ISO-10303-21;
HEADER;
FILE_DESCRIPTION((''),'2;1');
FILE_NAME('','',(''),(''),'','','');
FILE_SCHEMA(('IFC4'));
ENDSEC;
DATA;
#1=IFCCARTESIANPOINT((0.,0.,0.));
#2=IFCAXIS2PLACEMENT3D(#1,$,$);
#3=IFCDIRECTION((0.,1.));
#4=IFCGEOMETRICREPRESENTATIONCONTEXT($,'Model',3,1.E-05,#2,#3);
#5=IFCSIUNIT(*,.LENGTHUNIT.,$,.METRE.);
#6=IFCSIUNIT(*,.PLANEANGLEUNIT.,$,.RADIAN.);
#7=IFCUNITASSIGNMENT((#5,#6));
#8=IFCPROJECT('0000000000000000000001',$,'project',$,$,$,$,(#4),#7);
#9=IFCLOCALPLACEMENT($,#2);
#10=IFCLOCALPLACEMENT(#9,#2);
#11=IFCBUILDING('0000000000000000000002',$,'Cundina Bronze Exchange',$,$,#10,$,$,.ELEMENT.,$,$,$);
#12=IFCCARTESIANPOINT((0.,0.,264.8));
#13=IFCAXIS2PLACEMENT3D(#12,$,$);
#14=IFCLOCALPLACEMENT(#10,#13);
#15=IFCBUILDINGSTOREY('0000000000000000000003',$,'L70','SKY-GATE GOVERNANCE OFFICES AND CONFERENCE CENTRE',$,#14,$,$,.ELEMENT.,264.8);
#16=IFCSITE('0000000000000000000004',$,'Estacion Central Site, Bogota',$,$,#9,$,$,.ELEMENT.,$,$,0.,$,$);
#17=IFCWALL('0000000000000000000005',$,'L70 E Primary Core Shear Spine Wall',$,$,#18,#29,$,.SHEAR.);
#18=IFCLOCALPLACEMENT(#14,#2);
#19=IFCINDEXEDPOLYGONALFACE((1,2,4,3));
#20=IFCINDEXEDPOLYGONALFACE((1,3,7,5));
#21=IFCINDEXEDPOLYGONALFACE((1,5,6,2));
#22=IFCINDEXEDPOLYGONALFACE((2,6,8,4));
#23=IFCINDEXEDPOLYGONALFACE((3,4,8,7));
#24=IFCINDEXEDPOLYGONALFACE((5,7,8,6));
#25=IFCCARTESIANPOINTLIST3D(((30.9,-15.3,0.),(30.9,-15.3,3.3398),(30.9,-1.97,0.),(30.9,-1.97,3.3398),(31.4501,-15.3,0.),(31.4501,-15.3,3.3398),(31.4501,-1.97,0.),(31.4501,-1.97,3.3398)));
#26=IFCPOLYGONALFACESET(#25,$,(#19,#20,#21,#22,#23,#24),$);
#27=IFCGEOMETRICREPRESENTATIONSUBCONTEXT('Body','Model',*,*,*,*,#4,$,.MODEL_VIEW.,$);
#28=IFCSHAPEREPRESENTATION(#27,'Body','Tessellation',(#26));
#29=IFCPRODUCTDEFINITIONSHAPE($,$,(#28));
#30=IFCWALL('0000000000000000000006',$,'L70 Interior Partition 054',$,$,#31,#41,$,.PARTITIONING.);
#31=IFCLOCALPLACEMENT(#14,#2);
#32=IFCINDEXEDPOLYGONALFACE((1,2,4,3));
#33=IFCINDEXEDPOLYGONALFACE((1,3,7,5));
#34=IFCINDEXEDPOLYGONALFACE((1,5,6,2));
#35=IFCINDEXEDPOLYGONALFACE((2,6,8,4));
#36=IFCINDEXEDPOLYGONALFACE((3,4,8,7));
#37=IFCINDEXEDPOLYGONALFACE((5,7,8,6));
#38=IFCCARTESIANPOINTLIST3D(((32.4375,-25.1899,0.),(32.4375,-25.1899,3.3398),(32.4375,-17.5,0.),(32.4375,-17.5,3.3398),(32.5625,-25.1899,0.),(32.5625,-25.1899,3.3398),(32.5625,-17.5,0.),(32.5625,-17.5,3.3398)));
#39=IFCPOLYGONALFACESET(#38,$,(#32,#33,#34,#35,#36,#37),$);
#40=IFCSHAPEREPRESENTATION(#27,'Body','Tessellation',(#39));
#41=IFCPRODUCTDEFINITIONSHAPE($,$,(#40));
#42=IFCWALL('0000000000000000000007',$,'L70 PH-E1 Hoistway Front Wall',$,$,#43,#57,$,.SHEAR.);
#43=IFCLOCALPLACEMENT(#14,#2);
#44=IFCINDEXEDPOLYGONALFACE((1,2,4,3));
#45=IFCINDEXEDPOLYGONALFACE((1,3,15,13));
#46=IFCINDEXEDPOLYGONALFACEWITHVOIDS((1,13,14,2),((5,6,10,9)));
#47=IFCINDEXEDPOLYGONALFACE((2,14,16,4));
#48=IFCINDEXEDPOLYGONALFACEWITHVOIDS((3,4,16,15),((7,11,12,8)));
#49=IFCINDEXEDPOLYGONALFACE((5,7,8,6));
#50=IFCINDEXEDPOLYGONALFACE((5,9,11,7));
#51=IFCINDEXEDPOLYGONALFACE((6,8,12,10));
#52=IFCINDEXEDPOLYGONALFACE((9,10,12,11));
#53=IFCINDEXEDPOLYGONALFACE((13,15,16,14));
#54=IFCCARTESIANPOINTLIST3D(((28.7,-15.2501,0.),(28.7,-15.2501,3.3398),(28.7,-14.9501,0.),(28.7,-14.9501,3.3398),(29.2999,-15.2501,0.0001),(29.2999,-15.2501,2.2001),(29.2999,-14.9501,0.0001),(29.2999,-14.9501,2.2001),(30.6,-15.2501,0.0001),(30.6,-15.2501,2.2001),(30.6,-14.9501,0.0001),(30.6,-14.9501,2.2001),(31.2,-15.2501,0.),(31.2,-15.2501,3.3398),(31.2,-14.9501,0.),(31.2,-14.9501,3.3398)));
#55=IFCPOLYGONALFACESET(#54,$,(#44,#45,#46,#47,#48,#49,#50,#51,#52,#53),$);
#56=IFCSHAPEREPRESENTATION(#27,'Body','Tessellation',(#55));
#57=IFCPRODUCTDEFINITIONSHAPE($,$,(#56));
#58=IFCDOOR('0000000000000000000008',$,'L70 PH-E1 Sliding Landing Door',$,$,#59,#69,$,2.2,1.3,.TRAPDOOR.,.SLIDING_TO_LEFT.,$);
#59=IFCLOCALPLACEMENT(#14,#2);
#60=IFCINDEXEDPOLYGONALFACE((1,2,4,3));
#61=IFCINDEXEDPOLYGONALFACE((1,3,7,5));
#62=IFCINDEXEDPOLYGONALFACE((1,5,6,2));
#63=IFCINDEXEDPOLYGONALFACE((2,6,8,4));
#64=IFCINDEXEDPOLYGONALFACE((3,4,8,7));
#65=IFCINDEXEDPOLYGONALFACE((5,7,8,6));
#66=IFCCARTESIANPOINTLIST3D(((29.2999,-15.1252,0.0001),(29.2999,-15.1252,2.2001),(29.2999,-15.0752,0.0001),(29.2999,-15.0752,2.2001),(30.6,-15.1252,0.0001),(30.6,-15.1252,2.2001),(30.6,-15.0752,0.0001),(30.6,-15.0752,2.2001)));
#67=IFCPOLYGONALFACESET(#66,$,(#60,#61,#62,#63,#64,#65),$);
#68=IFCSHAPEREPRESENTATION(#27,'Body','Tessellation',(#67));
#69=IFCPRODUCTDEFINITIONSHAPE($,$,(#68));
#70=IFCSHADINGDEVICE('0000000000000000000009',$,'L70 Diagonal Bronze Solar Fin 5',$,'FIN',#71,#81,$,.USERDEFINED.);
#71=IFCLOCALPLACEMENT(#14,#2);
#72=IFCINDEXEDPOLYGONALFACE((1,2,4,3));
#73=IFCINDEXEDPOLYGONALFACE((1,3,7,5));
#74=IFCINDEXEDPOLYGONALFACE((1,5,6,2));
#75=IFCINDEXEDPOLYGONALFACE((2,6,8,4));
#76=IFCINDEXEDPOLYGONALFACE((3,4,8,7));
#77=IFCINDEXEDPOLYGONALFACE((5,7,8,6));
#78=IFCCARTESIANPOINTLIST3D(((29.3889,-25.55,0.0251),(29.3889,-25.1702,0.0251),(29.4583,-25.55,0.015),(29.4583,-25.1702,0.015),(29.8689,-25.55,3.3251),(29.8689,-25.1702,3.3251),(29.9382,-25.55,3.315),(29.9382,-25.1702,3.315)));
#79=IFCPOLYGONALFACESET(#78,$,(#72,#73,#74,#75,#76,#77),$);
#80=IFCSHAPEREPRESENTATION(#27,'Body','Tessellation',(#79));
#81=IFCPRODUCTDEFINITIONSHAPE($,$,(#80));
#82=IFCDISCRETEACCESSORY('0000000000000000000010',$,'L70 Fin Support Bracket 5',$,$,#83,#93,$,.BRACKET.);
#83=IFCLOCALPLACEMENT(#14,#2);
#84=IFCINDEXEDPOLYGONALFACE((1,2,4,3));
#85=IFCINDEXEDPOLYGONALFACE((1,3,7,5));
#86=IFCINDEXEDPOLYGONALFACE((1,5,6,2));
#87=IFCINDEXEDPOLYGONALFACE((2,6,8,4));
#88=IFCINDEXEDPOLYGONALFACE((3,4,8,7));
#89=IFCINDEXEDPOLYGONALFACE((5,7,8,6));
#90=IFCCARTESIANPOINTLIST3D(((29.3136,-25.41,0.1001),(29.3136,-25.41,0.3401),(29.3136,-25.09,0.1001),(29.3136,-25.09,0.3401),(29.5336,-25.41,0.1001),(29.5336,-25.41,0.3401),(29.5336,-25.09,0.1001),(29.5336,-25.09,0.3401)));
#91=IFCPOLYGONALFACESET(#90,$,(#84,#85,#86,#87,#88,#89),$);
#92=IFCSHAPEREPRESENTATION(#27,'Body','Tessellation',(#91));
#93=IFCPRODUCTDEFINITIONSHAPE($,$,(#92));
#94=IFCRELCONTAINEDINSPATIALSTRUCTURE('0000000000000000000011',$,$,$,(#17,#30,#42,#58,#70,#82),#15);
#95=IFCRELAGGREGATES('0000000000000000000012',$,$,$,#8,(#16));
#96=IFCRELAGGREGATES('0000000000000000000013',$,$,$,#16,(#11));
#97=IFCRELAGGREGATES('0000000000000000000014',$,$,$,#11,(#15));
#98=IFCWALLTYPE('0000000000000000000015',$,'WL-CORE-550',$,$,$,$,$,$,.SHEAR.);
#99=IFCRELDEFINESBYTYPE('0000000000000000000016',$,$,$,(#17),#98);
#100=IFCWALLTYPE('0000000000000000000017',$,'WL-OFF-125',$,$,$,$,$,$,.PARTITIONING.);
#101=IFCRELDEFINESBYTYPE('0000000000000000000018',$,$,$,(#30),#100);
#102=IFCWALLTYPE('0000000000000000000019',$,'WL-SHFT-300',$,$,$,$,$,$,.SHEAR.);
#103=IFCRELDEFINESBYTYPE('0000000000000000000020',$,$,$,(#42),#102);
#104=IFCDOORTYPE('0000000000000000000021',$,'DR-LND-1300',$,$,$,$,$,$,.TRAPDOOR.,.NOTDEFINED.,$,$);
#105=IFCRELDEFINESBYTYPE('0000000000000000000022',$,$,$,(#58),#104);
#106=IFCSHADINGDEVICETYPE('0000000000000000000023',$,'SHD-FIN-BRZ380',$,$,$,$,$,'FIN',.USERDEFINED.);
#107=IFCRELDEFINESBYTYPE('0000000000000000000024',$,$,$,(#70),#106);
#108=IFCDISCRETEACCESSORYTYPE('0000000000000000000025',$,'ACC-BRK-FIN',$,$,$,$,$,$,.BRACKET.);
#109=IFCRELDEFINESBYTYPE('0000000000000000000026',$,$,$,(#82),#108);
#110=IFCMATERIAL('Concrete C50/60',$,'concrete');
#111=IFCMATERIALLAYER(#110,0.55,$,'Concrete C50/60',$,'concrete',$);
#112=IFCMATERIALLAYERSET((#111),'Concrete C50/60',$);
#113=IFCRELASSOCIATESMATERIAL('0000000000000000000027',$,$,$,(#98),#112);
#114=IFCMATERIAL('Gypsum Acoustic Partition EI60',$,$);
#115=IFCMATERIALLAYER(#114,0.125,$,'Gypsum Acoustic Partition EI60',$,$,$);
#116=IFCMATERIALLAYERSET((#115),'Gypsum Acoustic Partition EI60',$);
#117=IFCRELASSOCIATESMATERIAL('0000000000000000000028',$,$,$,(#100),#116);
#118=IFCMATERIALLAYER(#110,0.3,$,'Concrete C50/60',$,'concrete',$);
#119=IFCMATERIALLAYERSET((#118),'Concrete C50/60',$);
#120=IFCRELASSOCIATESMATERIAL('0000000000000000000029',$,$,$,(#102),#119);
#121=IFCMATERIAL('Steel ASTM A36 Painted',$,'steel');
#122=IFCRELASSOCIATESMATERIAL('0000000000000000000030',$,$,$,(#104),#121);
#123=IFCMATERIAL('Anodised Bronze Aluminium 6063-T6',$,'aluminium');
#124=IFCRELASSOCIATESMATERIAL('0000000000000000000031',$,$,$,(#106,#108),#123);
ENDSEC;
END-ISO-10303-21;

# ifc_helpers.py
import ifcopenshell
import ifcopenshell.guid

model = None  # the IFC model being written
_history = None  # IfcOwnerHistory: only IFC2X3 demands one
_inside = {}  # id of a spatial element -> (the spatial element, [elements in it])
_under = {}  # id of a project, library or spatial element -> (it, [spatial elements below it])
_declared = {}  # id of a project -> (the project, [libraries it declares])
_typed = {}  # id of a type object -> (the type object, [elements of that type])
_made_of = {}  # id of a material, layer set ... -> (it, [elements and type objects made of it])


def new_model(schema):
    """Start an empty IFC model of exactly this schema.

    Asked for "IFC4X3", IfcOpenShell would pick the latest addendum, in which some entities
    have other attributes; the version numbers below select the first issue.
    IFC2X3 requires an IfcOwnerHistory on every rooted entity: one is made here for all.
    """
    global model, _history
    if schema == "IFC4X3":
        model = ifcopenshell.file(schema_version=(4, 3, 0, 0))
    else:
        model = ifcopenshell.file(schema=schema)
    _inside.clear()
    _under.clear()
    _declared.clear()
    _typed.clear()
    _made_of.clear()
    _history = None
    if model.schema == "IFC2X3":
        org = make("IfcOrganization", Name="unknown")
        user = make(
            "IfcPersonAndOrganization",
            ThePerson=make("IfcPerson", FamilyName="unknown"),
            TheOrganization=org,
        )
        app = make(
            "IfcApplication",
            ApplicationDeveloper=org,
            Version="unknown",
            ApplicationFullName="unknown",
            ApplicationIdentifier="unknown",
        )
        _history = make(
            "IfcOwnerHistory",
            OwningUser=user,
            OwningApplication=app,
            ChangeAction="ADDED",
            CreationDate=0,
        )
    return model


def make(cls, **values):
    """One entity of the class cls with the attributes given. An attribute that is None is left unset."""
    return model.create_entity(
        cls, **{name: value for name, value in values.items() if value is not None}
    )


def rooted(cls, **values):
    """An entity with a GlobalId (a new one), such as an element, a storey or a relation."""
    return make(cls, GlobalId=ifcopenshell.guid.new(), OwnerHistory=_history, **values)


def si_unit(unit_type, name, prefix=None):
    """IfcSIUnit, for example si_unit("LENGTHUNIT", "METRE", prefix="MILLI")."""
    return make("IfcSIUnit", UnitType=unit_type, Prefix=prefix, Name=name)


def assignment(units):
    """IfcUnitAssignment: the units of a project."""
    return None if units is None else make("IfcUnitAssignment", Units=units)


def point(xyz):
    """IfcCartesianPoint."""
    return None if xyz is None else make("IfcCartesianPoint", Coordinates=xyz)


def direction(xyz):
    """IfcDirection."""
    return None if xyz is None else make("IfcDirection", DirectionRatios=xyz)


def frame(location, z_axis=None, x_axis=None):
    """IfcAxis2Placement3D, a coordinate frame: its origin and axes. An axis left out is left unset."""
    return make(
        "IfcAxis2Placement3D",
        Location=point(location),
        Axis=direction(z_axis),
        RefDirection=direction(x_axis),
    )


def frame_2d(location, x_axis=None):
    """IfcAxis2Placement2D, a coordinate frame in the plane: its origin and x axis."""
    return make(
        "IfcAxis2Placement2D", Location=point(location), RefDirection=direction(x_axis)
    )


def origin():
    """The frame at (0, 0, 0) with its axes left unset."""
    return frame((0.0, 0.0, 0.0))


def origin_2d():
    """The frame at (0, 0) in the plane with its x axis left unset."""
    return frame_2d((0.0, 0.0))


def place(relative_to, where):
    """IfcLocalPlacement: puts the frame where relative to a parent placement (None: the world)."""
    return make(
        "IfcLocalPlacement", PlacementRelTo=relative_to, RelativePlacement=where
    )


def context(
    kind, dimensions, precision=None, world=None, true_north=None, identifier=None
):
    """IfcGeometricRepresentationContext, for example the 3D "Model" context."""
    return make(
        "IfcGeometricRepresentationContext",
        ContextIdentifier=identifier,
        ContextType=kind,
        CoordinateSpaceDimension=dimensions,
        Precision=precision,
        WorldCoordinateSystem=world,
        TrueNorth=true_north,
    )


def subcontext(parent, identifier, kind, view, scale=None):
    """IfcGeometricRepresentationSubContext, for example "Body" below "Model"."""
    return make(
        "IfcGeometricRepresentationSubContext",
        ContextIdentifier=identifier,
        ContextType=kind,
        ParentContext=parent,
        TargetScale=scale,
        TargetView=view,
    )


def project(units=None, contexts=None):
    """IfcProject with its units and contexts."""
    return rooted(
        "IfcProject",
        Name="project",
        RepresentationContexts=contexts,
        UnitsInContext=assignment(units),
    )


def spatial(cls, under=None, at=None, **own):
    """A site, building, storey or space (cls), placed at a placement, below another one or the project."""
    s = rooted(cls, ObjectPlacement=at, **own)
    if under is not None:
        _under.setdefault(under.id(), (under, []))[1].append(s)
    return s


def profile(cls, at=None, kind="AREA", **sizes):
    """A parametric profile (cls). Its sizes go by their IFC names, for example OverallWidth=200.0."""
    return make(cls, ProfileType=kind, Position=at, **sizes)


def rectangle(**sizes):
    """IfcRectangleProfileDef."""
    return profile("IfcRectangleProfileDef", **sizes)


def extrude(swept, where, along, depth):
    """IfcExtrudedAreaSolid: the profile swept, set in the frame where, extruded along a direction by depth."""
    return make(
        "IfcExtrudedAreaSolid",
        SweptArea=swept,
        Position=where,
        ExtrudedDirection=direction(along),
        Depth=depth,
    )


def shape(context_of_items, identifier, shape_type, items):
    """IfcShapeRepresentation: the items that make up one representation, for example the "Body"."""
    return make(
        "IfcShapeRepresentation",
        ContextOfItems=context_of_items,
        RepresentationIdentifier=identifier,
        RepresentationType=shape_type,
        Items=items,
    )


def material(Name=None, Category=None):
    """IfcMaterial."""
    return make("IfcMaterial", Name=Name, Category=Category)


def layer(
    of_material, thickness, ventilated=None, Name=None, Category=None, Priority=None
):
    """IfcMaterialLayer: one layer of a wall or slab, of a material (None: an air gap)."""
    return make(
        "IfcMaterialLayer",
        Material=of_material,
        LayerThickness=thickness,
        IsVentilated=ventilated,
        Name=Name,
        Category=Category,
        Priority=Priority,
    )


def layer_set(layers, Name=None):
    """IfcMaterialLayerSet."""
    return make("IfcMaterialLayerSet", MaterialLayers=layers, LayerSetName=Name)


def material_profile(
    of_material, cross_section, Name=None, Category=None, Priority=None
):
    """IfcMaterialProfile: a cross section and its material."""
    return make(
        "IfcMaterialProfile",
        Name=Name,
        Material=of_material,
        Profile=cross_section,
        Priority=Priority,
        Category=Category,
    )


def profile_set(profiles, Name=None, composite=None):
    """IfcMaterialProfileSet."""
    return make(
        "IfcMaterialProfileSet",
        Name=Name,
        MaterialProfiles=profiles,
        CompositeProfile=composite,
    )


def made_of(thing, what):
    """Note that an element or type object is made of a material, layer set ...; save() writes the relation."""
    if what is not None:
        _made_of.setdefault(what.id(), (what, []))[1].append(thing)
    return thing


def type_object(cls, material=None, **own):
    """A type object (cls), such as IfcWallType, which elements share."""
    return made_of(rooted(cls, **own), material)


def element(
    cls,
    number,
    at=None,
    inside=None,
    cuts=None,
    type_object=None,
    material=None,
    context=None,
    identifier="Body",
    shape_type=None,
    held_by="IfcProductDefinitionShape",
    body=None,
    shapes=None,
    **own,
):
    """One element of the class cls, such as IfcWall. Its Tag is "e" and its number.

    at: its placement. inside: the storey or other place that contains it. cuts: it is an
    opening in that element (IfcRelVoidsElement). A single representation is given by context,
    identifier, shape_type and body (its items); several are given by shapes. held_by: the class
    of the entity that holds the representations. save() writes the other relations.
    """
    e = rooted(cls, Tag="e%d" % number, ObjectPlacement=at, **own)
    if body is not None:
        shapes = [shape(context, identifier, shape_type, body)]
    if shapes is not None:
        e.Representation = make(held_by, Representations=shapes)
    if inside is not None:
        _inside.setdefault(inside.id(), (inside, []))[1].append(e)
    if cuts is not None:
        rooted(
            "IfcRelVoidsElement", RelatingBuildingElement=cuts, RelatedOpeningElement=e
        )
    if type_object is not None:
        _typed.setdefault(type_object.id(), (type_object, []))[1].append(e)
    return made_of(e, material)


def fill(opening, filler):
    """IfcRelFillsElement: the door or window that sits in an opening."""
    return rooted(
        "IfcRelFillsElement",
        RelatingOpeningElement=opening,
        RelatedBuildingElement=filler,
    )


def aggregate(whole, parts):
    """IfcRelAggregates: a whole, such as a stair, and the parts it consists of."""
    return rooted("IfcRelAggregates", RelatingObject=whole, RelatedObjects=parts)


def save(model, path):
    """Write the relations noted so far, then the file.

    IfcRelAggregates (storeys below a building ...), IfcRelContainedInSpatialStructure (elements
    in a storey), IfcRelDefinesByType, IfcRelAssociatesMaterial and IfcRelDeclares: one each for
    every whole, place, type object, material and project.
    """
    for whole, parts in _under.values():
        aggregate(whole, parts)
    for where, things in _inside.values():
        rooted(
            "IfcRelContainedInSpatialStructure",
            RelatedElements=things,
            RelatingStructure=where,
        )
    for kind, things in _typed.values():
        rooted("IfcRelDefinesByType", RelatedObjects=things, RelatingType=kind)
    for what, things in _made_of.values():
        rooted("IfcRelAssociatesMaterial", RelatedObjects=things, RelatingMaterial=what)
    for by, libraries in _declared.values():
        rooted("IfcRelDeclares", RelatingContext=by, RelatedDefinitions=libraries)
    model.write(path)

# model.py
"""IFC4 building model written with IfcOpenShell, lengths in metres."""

from ifc_helpers import new_model, si_unit, direction, frame, frame_2d, origin, origin_2d, place, context, subcontext, project, spatial, rectangle, extrude, material, layer, layer_set, material_profile, profile_set, type_object, element, fill, save


model = new_model("IFC4")

# Units and contexts
model_context = context("Model", 3, precision=1e-05, world=origin(), true_north=direction((0.0, 1.0)))
body_context = subcontext(model_context, "Body", "Model", "MODEL_VIEW")
ifc_project = project(units=[si_unit("LENGTHUNIT", "METRE"), si_unit("PLANEANGLEUNIT", "RADIAN")], contexts=[model_context])

# Site, building, storey
site_placement = place(None, origin())
site = spatial("IfcSite", under=ifc_project, at=site_placement, Name="Estacion Central Site, Bogota", CompositionType="ELEMENT", RefElevation=0.0)
building_placement = place(site_placement, origin())
building = spatial("IfcBuilding", under=site, at=building_placement, Name="Cundina Bronze Exchange", CompositionType="ELEMENT")
storey_placement = place(building_placement, frame((0.0, 0.0, 264.8)))
storey = spatial("IfcBuildingStorey", under=building, at=storey_placement, Name="L70", Description="SKY-GATE GOVERNANCE OFFICES AND CONFERENCE CENTRE", CompositionType="ELEMENT", Elevation=264.8)

# Shared definitions
ifc_material_1 = material(Name="Concrete C50/60", Category="concrete")

# Shared definitions
ifc_material_2 = material(Name="Anodised Bronze Aluminium 6063-T6", Category="aluminium")

# Walls
ifc_layer_1 = layer(ifc_material_1, 0.55, Name="Concrete C50/60", Category="concrete")
ifc_layer_set_1 = layer_set([ifc_layer_1], Name="Concrete C50/60")
wall_type_1 = type_object("IfcWallType", Name="WL-CORE-550", PredefinedType="SHEAR", material=ifc_layer_set_1)
wall_1_placement = place(storey_placement, frame((31.175, -15.3, 0.0), z_axis=(0.0, 0.0, 1.0), x_axis=(0.0, 1.0, 0.0)))
element("IfcWall", 1, at=wall_1_placement, inside=storey, type_object=wall_type_1, Name="L70 E Primary Core Shear Spine Wall", PredefinedType="SHEAR", context=body_context, shape_type="SweptSolid", body=[
    extrude(rectangle(XDim=13.3301, YDim=0.55, at=frame_2d((6.665, 0.0))), origin(), (0.0, 0.0, 1.0), 3.3398),
])
ifc_material_3 = material(Name="Gypsum Acoustic Partition EI60")
ifc_layer_2 = layer(ifc_material_3, 0.125, Name="Gypsum Acoustic Partition EI60")
ifc_layer_set_2 = layer_set([ifc_layer_2], Name="Gypsum Acoustic Partition EI60")
wall_type_2 = type_object("IfcWallType", Name="WL-OFF-125", PredefinedType="PARTITIONING", material=ifc_layer_set_2)
wall_2_placement = place(storey_placement, frame((32.5, -25.1899, 0.0), z_axis=(0.0, 0.0, 1.0), x_axis=(0.0, 1.0, 0.0)))
element("IfcWall", 2, at=wall_2_placement, inside=storey, type_object=wall_type_2, Name="L70 Interior Partition 054", PredefinedType="PARTITIONING", context=body_context, shape_type="SweptSolid", body=[
    extrude(rectangle(XDim=7.6899, YDim=0.125, at=frame_2d((3.845, 0.0))), origin(), (0.0, 0.0, 1.0), 3.3398),
])

# Wall, opening, door
ifc_layer_3 = layer(ifc_material_1, 0.3, Name="Concrete C50/60", Category="concrete")
ifc_layer_set_3 = layer_set([ifc_layer_3], Name="Concrete C50/60")
wall_type_3 = type_object("IfcWallType", Name="WL-SHFT-300", PredefinedType="SHEAR", material=ifc_layer_set_3)
wall_3_placement = place(storey_placement, frame((28.7, -15.1001, 0.0), z_axis=(0.0, 0.0, 1.0), x_axis=(1.0, 0.0, 0.0)))
wall_3 = element("IfcWall", 3, at=wall_3_placement, inside=storey, type_object=wall_type_3, Name="L70 PH-E1 Hoistway Front Wall", PredefinedType="SHEAR", context=body_context, shape_type="SweptSolid", body=[
    extrude(rectangle(XDim=2.5, YDim=0.3, at=frame_2d((1.25, 0.0))), origin(), (0.0, 0.0, 1.0), 3.3398),
])
opening_1_placement = place(wall_3_placement, frame((0.6001, 0.0, 0.0)))
opening_1 = element("IfcOpeningElement", 4, at=opening_1_placement, cuts=wall_3, PredefinedType="OPENING", context=body_context, shape_type="SweptSolid", body=[
    extrude(rectangle(XDim=1.3, YDim=2.2, at=frame_2d((0.6499, 1.1001))), frame((0.0, 0.1599, 0.0), z_axis=(0.0, -1.0, 0.0), x_axis=(1.0, 0.0, 0.0)), (0.0, 0.0, 1.0), 0.3201),
])
ifc_material_4 = material(Name="Steel ASTM A36 Painted", Category="steel")
door_type_1 = type_object("IfcDoorType", Name="DR-LND-1300", OperationType="NOTDEFINED", PredefinedType="TRAPDOOR", material=ifc_material_4)
door_1_placement = place(opening_1_placement, origin())
door_1 = element("IfcDoor", 5, at=door_1_placement, inside=storey, type_object=door_type_1, Name="L70 PH-E1 Sliding Landing Door", OperationType="SLIDING_TO_LEFT", OverallHeight=2.2, OverallWidth=1.3, PredefinedType="TRAPDOOR", context=body_context, shape_type="SweptSolid", body=[
    extrude(rectangle(XDim=1.3, YDim=2.2, at=frame_2d((0.6499, 1.1001))), frame((0.0, 0.0249, 0.0), z_axis=(0.0, -1.0, 0.0), x_axis=(1.0, 0.0, 0.0)), (0.0, 0.0, 1.0), 0.05),
])
fill(opening_1, door_1)

# Shading device
ifc_material_profile_1 = material_profile(ifc_material_2, rectangle(XDim=0.0701, YDim=0.3799, at=origin_2d()), Name="FIN70X380", Category="aluminium")
ifc_profile_set_1 = profile_set([ifc_material_profile_1], Name="Anodised Bronze Aluminium 6063-T6")
shading_device_type = type_object("IfcShadingDeviceType", Name="SHD-FIN-BRZ380", ElementType="FIN", PredefinedType="USERDEFINED", material=ifc_profile_set_1)
shading_device_placement = place(storey_placement, frame((29.4236, -25.3601, 0.02), z_axis=(0.143932, 0.0, 0.989588), x_axis=(-0.989588, 0.0, 0.143932)))
element("IfcShadingDevice", 6, at=shading_device_placement, inside=storey, type_object=shading_device_type, Name="L70 Diagonal Bronze Solar Fin 5", ObjectType="FIN", PredefinedType="USERDEFINED", context=body_context, shape_type="SweptSolid", body=[
    extrude(rectangle(XDim=0.0701, YDim=0.3799, at=origin_2d()), origin(), (0.0, 0.0, 1.0), 3.3347),
])

# Discrete accessory
discrete_accessory_type = type_object("IfcDiscreteAccessoryType", Name="ACC-BRK-FIN", PredefinedType="BRACKET", material=ifc_material_2)
discrete_accessory_placement = place(storey_placement, frame((29.4236, -25.25, 0.1001), z_axis=(0.0, 0.0, 1.0), x_axis=(1.0, 0.0, 0.0)))
element("IfcDiscreteAccessory", 7, at=discrete_accessory_placement, inside=storey, type_object=discrete_accessory_type, Name="L70 Fin Support Bracket 5", PredefinedType="BRACKET", context=body_context, shape_type="SweptSolid", body=[
    extrude(rectangle(XDim=0.22, YDim=0.3201, at=origin_2d()), origin(), (0.0, 0.0, 1.0), 0.24),
])

save(model, "model.ifc")
